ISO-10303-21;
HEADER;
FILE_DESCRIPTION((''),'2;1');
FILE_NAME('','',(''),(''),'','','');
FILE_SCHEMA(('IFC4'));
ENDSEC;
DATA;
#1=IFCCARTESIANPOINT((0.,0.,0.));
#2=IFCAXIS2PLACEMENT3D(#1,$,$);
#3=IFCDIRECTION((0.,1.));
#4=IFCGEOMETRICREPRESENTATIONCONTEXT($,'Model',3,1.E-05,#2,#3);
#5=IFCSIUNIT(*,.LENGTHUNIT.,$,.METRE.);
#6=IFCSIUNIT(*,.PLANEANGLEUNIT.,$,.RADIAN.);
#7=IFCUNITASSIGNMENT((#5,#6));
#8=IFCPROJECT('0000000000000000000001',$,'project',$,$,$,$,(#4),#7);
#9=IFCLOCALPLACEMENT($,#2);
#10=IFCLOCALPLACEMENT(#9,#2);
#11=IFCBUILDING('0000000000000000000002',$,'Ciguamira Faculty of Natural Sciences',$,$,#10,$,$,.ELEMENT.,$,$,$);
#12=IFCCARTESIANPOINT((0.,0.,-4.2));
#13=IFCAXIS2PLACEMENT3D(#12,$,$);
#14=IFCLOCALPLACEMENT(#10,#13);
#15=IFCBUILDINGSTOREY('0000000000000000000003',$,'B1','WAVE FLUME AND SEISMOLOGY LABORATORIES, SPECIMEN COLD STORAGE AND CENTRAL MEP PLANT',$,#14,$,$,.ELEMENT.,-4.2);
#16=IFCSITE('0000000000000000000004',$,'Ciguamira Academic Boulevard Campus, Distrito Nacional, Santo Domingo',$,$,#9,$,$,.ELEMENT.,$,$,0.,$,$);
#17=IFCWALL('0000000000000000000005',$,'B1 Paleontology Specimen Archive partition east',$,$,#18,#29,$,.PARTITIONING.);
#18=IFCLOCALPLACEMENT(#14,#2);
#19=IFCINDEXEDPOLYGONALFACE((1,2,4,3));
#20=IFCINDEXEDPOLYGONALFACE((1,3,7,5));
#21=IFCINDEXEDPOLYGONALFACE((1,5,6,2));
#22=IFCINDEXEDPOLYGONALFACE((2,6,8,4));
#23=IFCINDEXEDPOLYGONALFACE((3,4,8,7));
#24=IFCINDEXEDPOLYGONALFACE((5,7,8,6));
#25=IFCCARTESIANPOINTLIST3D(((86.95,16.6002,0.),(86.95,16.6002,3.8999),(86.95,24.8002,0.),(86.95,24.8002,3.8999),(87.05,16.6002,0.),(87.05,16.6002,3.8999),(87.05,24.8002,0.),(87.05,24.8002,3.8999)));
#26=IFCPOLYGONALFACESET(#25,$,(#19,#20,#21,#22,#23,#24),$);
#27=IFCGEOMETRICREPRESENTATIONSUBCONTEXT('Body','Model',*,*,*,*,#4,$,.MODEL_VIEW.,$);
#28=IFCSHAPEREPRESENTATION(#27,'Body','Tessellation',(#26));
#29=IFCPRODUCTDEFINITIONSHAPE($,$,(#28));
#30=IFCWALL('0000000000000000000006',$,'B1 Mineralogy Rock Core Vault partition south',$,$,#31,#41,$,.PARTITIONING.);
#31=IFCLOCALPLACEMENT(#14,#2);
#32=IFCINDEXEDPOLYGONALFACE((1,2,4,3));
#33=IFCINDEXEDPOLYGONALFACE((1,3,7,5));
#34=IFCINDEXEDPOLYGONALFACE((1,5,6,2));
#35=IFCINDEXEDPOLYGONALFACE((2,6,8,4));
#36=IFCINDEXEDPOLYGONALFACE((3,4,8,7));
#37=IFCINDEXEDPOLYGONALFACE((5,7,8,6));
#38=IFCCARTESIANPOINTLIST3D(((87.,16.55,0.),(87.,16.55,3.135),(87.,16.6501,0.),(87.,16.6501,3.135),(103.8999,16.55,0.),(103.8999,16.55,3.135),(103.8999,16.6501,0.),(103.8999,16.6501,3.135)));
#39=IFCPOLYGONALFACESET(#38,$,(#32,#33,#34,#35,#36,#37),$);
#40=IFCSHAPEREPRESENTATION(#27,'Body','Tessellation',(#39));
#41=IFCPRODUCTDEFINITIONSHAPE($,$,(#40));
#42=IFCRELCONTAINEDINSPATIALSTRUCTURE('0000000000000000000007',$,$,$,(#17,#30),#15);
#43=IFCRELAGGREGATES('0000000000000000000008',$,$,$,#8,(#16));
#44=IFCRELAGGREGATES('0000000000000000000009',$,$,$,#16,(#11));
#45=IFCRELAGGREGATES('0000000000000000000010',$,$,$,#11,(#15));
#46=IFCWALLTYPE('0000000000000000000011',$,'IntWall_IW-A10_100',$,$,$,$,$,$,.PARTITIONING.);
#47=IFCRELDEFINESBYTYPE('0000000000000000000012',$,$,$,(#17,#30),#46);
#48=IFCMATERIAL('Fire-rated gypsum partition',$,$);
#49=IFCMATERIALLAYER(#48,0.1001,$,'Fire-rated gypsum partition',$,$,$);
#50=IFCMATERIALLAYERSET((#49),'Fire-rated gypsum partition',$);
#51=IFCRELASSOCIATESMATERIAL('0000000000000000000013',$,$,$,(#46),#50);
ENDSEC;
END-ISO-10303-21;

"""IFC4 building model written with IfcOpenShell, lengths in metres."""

from ifc_helpers import new_model, si_unit, direction, frame, frame_2d, origin, place, context, subcontext, project, spatial, rectangle, extrude, material, layer, layer_set, type_object, element, save


model = new_model("IFC4")

# Units and contexts
model_context = context("Model", 3, precision=1e-05, world=origin(), true_north=direction((0.0, 1.0)))
body_context = subcontext(model_context, "Body", "Model", "MODEL_VIEW")
ifc_project = project(units=[si_unit("LENGTHUNIT", "METRE"), si_unit("PLANEANGLEUNIT", "RADIAN")], contexts=[model_context])

# Site, building, storey
site_placement = place(None, origin())
site = spatial("IfcSite", under=ifc_project, at=site_placement, Name="Ciguamira Academic Boulevard Campus, Distrito Nacional, Santo Domingo", CompositionType="ELEMENT", RefElevation=0.0)
building_placement = place(site_placement, origin())
building = spatial("IfcBuilding", under=site, at=building_placement, Name="Ciguamira Faculty of Natural Sciences", CompositionType="ELEMENT")
storey_placement = place(building_placement, frame((0.0, 0.0, -4.2)))
storey = spatial("IfcBuildingStorey", under=building, at=storey_placement, Name="B1", Description="WAVE FLUME AND SEISMOLOGY LABORATORIES, SPECIMEN COLD STORAGE AND CENTRAL MEP PLANT", CompositionType="ELEMENT", Elevation=-4.2)

# Walls
ifc_material_1 = material(Name="Fire-rated gypsum partition")
ifc_layer_1 = layer(ifc_material_1, 0.1001, Name="Fire-rated gypsum partition")
ifc_layer_set_1 = layer_set([ifc_layer_1], Name="Fire-rated gypsum partition")
wall_type_1 = type_object("IfcWallType", Name="IntWall_IW-A10_100", PredefinedType="PARTITIONING", material=ifc_layer_set_1)
wall_1_placement = place(storey_placement, frame((87.0, 16.6001, 0.0), z_axis=(0.0, 0.0, 1.0), x_axis=(0.0, 1.0, 0.0)))
element("IfcWall", 1, at=wall_1_placement, inside=storey, type_object=wall_type_1, Name="B1 Paleontology Specimen Archive partition east", PredefinedType="PARTITIONING", context=body_context, shape_type="SweptSolid", body=[
    extrude(rectangle(XDim=8.2, YDim=0.1001, at=frame_2d((4.1001, 0.0))), origin(), (0.0, 0.0, 1.0), 3.8999),
])
wall_2_placement = place(storey_placement, frame((87.0, 16.6001, 0.0), z_axis=(0.0, 0.0, 1.0), x_axis=(1.0, 0.0, 0.0)))
element("IfcWall", 2, at=wall_2_placement, inside=storey, type_object=wall_type_1, Name="B1 Mineralogy Rock Core Vault partition south", PredefinedType="PARTITIONING", context=body_context, shape_type="SweptSolid", body=[
    extrude(rectangle(XDim=16.8999, YDim=0.1001, at=frame_2d((8.45, 0.0))), origin(), (0.0, 0.0, 1.0), 3.135),
])

save(model, "model.ifc")
